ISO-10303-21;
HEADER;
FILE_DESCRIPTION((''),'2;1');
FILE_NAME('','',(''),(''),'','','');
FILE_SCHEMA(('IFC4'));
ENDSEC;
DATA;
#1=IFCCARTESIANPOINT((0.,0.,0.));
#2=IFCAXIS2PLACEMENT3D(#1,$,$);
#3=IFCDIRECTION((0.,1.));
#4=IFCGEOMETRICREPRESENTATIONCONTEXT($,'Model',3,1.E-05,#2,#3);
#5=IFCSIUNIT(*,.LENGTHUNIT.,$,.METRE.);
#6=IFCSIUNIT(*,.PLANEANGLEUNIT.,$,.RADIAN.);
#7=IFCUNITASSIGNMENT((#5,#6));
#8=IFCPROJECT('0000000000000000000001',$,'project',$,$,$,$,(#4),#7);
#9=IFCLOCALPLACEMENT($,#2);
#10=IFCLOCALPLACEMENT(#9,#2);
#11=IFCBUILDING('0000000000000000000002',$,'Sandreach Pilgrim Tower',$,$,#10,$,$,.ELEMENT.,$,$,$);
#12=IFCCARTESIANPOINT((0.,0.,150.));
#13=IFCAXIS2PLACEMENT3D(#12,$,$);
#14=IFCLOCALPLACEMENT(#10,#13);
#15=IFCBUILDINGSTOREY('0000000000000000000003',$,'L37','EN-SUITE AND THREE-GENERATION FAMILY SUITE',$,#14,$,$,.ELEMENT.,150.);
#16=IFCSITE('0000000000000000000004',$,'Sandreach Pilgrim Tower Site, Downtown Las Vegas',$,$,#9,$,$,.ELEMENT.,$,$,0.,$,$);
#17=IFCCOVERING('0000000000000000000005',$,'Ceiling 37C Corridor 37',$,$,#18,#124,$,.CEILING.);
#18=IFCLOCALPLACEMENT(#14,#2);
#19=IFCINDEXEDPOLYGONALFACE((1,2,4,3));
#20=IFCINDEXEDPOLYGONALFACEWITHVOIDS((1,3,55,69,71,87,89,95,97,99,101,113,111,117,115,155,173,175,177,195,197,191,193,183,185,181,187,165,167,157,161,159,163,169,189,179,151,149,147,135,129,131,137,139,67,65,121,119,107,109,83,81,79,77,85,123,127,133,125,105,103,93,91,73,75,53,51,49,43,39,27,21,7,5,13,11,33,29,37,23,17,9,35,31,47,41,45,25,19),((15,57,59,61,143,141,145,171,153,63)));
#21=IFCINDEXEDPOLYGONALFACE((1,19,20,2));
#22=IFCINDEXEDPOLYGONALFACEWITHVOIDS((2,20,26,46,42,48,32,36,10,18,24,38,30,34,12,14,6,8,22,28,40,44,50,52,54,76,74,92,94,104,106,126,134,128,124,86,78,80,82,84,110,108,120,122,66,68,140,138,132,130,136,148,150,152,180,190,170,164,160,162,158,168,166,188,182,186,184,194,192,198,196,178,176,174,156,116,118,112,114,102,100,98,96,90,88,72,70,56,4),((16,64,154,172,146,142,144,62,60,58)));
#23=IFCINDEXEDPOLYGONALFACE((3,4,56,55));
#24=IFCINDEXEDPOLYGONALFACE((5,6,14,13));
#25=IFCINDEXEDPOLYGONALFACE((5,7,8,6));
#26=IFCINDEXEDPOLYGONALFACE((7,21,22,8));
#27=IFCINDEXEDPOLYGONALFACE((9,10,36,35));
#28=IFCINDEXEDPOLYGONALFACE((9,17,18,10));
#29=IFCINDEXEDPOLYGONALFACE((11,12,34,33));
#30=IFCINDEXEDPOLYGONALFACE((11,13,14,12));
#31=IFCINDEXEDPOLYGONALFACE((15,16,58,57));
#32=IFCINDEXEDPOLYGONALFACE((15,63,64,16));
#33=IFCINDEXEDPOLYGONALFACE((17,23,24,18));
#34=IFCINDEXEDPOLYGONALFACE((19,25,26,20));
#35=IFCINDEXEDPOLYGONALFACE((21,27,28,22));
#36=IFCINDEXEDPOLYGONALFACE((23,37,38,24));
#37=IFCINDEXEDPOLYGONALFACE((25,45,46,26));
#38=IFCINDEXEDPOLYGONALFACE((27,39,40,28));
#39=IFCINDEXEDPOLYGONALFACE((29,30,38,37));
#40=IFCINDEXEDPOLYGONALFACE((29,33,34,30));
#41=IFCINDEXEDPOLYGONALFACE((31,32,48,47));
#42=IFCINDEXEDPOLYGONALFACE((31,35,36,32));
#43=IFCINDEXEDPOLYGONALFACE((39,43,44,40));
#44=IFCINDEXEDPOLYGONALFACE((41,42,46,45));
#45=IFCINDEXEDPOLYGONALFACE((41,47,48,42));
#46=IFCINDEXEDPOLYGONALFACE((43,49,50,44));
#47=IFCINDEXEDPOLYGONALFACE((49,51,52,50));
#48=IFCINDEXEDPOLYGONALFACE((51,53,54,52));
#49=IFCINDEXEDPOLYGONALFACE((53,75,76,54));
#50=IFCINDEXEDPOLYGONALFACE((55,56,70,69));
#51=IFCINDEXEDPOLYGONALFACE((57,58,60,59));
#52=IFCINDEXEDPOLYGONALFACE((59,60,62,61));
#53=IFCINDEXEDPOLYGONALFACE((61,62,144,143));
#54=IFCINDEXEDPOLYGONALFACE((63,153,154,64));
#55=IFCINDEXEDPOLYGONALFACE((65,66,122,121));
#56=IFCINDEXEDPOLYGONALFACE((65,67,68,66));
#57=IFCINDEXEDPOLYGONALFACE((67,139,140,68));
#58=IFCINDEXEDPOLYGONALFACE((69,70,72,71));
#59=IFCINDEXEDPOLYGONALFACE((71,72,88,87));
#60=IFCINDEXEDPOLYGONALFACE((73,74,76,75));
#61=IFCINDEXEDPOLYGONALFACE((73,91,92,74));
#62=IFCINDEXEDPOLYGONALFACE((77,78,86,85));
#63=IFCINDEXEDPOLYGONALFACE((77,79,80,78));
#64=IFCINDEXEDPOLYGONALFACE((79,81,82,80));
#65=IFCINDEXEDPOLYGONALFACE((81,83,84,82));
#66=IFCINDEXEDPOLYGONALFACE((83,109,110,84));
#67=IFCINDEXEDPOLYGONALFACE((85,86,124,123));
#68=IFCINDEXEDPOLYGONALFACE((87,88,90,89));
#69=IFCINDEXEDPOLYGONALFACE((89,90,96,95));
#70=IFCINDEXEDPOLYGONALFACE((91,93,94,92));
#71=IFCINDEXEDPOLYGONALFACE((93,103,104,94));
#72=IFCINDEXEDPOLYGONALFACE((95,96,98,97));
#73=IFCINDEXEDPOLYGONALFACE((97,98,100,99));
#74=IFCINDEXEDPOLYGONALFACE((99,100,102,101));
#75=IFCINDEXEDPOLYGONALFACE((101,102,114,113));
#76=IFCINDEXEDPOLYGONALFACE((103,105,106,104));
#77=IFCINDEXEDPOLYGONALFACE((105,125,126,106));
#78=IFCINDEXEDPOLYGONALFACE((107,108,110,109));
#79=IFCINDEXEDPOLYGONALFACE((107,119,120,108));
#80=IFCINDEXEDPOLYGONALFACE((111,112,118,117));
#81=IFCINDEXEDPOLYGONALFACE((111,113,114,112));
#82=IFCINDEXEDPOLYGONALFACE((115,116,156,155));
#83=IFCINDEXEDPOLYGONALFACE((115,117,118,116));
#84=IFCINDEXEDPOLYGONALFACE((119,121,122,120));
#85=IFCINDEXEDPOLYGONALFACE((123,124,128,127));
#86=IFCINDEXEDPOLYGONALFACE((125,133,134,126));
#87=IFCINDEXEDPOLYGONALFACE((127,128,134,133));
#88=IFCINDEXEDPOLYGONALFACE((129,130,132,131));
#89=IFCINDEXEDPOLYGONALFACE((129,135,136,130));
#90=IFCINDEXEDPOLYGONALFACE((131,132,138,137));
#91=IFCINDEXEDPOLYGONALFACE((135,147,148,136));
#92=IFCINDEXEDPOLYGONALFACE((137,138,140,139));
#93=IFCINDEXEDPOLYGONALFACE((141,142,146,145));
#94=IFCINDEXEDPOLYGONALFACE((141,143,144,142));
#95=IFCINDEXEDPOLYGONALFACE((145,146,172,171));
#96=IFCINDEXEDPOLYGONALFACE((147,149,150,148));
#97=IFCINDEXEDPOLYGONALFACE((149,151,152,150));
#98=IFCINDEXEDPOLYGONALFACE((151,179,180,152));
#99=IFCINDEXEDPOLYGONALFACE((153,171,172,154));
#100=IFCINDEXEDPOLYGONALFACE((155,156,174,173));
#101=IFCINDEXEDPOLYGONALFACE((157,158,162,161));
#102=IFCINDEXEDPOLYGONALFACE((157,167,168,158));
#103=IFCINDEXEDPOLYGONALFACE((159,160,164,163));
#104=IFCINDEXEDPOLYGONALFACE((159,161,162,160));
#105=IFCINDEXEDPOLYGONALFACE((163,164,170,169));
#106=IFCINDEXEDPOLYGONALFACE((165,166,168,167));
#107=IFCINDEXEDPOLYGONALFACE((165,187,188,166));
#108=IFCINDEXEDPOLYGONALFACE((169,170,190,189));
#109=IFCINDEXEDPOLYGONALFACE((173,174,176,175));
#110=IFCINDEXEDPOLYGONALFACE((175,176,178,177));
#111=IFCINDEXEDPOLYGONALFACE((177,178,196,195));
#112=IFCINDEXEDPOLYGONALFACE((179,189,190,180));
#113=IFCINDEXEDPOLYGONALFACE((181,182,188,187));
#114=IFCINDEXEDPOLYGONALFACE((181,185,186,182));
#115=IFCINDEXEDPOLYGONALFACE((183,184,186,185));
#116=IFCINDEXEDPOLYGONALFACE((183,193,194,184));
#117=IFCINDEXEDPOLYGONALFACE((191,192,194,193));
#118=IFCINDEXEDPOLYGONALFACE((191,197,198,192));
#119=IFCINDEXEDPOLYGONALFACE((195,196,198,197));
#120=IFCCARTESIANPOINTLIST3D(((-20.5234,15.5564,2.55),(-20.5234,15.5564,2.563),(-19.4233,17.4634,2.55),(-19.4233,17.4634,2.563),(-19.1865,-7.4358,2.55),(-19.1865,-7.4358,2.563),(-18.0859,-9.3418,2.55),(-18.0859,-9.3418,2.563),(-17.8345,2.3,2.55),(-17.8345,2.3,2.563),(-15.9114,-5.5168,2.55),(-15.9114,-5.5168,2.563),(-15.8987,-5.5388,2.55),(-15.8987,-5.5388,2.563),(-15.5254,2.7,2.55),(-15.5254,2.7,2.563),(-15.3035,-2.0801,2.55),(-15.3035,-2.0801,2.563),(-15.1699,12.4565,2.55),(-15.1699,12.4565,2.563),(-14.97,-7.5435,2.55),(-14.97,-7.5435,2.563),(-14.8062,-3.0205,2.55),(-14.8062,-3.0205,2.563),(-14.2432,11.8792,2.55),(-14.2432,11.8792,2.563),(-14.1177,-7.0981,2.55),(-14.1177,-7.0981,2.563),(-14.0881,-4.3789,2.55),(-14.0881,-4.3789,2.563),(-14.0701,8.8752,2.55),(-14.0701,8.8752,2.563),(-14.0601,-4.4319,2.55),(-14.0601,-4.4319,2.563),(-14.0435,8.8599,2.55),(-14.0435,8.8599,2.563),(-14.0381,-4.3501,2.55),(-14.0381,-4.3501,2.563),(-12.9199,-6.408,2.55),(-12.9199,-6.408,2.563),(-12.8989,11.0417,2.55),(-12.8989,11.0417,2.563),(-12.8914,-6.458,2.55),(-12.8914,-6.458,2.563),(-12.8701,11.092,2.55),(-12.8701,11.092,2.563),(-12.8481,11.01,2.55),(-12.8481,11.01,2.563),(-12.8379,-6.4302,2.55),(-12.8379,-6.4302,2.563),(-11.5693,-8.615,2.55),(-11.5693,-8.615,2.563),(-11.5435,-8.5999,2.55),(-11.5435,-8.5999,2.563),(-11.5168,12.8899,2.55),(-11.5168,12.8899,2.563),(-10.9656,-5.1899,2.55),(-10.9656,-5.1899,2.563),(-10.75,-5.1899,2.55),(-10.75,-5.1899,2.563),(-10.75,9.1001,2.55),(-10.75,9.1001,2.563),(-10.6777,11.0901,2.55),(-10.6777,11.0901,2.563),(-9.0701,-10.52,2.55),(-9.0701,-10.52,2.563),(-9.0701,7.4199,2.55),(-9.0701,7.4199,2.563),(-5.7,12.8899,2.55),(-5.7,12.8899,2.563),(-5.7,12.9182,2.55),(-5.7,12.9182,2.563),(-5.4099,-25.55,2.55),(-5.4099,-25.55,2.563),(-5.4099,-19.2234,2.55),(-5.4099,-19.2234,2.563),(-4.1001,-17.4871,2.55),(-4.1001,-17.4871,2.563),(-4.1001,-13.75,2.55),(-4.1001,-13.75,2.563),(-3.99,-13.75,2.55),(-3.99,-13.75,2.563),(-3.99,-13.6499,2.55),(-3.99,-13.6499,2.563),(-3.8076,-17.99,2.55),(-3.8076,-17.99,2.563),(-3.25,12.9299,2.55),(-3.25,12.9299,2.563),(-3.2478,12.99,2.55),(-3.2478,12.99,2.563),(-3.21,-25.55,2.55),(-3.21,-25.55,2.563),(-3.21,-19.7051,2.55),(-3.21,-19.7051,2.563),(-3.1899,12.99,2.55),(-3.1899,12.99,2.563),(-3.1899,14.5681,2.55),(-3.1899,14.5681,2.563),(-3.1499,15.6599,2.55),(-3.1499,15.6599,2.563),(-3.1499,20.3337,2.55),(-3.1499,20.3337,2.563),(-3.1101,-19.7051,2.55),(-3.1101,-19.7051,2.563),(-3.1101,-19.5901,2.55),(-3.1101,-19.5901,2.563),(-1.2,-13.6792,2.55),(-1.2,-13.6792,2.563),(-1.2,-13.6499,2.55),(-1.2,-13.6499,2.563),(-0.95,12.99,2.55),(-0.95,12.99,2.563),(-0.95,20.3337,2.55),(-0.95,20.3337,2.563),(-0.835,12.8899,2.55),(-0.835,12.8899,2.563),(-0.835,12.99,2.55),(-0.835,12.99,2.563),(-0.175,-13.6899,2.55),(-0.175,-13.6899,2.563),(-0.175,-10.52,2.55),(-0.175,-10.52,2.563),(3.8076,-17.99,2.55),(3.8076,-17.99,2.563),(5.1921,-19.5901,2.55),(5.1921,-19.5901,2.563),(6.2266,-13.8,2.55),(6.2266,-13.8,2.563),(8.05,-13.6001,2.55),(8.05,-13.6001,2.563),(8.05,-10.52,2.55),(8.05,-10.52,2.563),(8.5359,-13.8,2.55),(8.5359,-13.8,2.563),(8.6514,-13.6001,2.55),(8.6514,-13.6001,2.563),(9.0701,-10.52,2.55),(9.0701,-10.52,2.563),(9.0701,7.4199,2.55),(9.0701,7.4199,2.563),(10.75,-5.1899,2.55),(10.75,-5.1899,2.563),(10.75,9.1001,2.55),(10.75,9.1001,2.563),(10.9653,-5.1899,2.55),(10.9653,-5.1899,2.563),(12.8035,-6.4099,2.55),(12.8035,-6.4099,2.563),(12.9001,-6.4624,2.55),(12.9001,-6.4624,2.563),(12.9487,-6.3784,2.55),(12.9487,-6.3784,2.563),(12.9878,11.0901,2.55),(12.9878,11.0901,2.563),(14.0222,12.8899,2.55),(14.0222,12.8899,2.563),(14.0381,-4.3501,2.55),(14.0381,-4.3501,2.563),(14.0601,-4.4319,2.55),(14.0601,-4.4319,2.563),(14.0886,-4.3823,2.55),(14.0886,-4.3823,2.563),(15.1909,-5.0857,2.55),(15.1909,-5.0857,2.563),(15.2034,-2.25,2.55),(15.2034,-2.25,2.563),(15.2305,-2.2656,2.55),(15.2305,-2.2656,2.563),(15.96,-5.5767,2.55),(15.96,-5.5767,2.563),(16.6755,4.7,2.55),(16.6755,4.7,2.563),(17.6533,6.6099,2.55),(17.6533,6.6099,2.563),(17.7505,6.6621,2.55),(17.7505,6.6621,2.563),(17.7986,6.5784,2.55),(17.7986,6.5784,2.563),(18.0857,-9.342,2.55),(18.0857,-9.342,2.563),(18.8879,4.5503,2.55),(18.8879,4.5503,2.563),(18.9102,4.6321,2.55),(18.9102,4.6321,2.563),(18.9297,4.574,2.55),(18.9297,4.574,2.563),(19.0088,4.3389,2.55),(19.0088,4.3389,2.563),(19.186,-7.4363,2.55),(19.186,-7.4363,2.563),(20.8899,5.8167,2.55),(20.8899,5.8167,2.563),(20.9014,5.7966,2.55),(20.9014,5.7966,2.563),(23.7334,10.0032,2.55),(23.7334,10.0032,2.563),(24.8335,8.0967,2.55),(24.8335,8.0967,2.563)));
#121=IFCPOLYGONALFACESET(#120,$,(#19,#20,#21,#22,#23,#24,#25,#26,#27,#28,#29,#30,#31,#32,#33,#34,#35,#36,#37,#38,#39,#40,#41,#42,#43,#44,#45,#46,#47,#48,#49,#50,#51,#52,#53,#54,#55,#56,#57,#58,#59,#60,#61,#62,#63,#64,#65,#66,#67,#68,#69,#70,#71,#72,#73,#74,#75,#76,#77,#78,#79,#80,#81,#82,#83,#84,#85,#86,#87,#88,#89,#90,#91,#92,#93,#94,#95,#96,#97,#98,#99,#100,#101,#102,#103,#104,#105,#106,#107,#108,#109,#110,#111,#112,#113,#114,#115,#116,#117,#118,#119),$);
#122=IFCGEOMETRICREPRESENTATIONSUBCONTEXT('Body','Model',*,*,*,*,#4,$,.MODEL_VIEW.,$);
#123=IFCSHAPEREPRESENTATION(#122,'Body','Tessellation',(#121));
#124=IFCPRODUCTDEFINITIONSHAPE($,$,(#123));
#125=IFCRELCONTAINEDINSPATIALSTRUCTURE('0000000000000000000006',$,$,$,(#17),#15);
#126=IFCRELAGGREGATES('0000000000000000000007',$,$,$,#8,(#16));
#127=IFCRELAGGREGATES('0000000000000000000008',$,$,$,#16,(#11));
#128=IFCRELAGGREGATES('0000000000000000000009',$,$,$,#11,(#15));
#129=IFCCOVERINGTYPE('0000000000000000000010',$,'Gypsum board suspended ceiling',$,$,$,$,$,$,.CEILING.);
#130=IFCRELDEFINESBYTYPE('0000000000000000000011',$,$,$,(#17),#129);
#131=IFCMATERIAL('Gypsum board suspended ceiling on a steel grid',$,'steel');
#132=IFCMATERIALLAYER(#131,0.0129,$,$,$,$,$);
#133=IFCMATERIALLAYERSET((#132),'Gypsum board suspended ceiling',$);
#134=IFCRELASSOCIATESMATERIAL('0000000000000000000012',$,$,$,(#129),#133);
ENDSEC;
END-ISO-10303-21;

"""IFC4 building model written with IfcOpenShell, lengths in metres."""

from ifc_helpers import new_model, si_unit, direction, frame, origin, place, context, subcontext, project, spatial, polyline, outline, extrude, material, layer, layer_set, type_object, element, save


model = new_model("IFC4")

# Units and contexts
model_context = context("Model", 3, precision=1e-05, world=origin(), true_north=direction((0.0, 1.0)))
body_context = subcontext(model_context, "Body", "Model", "MODEL_VIEW")
ifc_project = project(units=[si_unit("LENGTHUNIT", "METRE"), si_unit("PLANEANGLEUNIT", "RADIAN")], contexts=[model_context])

# Site, building, storey
site_placement = place(None, origin())
site = spatial("IfcSite", under=ifc_project, at=site_placement, Name="Sandreach Pilgrim Tower Site, Downtown Las Vegas", CompositionType="ELEMENT", RefElevation=0.0)
building_placement = place(site_placement, origin())
building = spatial("IfcBuilding", under=site, at=building_placement, Name="Sandreach Pilgrim Tower", CompositionType="ELEMENT")
storey_placement = place(building_placement, frame((0.0, 0.0, 150.0)))
storey = spatial("IfcBuildingStorey", under=building, at=storey_placement, Name="L37", Description="EN-SUITE AND THREE-GENERATION FAMILY SUITE", CompositionType="ELEMENT", Elevation=150.0)

# Covering
ifc_material_1 = material(Name="Gypsum board suspended ceiling on a steel grid", Category="steel")
ifc_layer_1 = layer(ifc_material_1, 0.0129)
ifc_layer_set_1 = layer_set([ifc_layer_1], Name="Gypsum board suspended ceiling")
covering_type_1 = type_object("IfcCoveringType", Name="Gypsum board suspended ceiling", PredefinedType="CEILING", material=ifc_layer_set_1)
covering_1_placement = place(storey_placement, frame((0.0, 0.0, 2.55)))
element("IfcCovering", 1, at=covering_1_placement, inside=storey, type_object=covering_type_1, Name="Ceiling 37C Corridor 37", PredefinedType="CEILING", context=body_context, shape_type="SweptSolid", body=[
    extrude(outline(polyline([(-14.0601, -4.4319), (-14.0881, -4.3789), (-14.0381, -4.3501), (-14.8062, -3.0205), (-15.3035, -2.0801), (-17.8345, 2.3), (-14.0435, 8.8599), (-14.0701, 8.8752), (-12.8481, 11.01), (-12.8989, 11.0417), (-12.8701, 11.092), (-14.2432, 11.8792), (-15.1699, 12.4565), (-20.5234, 15.5564), (-19.4233, 17.4634), (-11.5168, 12.8899), (-5.7, 12.8899), (-5.7, 12.9182), (-3.25, 12.9299), (-3.2478, 12.99), (-3.1899, 12.99), (-3.1899, 14.5681), (-3.1499, 15.6599), (-3.1499, 20.3337), (-0.95, 20.3337), (-0.95, 12.99), (-0.835, 12.99), (-0.835, 12.8899), (14.0222, 12.8899), (17.6533, 6.6099), (17.7505, 6.6621), (17.7986, 6.5784), (23.7334, 10.0032), (24.8335, 8.0967), (20.8899, 5.8167), (20.9014, 5.7966), (18.9102, 4.6321), (18.9297, 4.574), (18.8879, 4.5503), (19.0088, 4.3389), (15.2034, -2.25), (15.2305, -2.2656), (14.0381, -4.3501), (14.0886, -4.3823), (14.0601, -4.4319), (15.1909, -5.0857), (15.96, -5.5767), (19.186, -7.4363), (18.0857, -9.342), (12.9487, -6.3784), (12.9001, -6.4624), (12.8035, -6.4099), (8.6514, -13.6001), (8.05, -13.6001), (8.05, -10.52), (9.0701, -10.52), (9.0701, 7.4199), (-9.0701, 7.4199), (-9.0701, -10.52), (-0.175, -10.52), (-0.175, -13.6899), (-1.2, -13.6792), (-1.2, -13.6499), (-3.99, -13.6499), (-3.99, -13.75), (-4.1001, -13.75), (-4.1001, -17.4871), (-3.8076, -17.99), (3.8076, -17.99), (6.2266, -13.8), (8.5359, -13.8), (5.1921, -19.5901), (-3.1101, -19.5901), (-3.1101, -19.7051), (-3.21, -19.7051), (-3.21, -25.55), (-5.4099, -25.55), (-5.4099, -19.2234), (-11.5435, -8.5999), (-11.5693, -8.615), (-12.8379, -6.4302), (-12.8914, -6.458), (-12.9199, -6.408), (-14.1177, -7.0981), (-14.97, -7.5435), (-18.0859, -9.3418), (-19.1865, -7.4358), (-15.8987, -5.5388), (-15.9114, -5.5168), (-14.0601, -4.4319)]), holes=[polyline([(-15.5254, 2.7), (-10.9656, -5.1899), (-10.75, -5.1899), (-10.75, 9.1001), (10.75, 9.1001), (10.75, -5.1899), (10.9653, -5.1899), (16.6755, 4.7), (12.9878, 11.0901), (-10.6777, 11.0901), (-15.5254, 2.7)])]), origin(), (0.0, 0.0, 1.0), 0.0129),
])

save(model, "model.ifc")
